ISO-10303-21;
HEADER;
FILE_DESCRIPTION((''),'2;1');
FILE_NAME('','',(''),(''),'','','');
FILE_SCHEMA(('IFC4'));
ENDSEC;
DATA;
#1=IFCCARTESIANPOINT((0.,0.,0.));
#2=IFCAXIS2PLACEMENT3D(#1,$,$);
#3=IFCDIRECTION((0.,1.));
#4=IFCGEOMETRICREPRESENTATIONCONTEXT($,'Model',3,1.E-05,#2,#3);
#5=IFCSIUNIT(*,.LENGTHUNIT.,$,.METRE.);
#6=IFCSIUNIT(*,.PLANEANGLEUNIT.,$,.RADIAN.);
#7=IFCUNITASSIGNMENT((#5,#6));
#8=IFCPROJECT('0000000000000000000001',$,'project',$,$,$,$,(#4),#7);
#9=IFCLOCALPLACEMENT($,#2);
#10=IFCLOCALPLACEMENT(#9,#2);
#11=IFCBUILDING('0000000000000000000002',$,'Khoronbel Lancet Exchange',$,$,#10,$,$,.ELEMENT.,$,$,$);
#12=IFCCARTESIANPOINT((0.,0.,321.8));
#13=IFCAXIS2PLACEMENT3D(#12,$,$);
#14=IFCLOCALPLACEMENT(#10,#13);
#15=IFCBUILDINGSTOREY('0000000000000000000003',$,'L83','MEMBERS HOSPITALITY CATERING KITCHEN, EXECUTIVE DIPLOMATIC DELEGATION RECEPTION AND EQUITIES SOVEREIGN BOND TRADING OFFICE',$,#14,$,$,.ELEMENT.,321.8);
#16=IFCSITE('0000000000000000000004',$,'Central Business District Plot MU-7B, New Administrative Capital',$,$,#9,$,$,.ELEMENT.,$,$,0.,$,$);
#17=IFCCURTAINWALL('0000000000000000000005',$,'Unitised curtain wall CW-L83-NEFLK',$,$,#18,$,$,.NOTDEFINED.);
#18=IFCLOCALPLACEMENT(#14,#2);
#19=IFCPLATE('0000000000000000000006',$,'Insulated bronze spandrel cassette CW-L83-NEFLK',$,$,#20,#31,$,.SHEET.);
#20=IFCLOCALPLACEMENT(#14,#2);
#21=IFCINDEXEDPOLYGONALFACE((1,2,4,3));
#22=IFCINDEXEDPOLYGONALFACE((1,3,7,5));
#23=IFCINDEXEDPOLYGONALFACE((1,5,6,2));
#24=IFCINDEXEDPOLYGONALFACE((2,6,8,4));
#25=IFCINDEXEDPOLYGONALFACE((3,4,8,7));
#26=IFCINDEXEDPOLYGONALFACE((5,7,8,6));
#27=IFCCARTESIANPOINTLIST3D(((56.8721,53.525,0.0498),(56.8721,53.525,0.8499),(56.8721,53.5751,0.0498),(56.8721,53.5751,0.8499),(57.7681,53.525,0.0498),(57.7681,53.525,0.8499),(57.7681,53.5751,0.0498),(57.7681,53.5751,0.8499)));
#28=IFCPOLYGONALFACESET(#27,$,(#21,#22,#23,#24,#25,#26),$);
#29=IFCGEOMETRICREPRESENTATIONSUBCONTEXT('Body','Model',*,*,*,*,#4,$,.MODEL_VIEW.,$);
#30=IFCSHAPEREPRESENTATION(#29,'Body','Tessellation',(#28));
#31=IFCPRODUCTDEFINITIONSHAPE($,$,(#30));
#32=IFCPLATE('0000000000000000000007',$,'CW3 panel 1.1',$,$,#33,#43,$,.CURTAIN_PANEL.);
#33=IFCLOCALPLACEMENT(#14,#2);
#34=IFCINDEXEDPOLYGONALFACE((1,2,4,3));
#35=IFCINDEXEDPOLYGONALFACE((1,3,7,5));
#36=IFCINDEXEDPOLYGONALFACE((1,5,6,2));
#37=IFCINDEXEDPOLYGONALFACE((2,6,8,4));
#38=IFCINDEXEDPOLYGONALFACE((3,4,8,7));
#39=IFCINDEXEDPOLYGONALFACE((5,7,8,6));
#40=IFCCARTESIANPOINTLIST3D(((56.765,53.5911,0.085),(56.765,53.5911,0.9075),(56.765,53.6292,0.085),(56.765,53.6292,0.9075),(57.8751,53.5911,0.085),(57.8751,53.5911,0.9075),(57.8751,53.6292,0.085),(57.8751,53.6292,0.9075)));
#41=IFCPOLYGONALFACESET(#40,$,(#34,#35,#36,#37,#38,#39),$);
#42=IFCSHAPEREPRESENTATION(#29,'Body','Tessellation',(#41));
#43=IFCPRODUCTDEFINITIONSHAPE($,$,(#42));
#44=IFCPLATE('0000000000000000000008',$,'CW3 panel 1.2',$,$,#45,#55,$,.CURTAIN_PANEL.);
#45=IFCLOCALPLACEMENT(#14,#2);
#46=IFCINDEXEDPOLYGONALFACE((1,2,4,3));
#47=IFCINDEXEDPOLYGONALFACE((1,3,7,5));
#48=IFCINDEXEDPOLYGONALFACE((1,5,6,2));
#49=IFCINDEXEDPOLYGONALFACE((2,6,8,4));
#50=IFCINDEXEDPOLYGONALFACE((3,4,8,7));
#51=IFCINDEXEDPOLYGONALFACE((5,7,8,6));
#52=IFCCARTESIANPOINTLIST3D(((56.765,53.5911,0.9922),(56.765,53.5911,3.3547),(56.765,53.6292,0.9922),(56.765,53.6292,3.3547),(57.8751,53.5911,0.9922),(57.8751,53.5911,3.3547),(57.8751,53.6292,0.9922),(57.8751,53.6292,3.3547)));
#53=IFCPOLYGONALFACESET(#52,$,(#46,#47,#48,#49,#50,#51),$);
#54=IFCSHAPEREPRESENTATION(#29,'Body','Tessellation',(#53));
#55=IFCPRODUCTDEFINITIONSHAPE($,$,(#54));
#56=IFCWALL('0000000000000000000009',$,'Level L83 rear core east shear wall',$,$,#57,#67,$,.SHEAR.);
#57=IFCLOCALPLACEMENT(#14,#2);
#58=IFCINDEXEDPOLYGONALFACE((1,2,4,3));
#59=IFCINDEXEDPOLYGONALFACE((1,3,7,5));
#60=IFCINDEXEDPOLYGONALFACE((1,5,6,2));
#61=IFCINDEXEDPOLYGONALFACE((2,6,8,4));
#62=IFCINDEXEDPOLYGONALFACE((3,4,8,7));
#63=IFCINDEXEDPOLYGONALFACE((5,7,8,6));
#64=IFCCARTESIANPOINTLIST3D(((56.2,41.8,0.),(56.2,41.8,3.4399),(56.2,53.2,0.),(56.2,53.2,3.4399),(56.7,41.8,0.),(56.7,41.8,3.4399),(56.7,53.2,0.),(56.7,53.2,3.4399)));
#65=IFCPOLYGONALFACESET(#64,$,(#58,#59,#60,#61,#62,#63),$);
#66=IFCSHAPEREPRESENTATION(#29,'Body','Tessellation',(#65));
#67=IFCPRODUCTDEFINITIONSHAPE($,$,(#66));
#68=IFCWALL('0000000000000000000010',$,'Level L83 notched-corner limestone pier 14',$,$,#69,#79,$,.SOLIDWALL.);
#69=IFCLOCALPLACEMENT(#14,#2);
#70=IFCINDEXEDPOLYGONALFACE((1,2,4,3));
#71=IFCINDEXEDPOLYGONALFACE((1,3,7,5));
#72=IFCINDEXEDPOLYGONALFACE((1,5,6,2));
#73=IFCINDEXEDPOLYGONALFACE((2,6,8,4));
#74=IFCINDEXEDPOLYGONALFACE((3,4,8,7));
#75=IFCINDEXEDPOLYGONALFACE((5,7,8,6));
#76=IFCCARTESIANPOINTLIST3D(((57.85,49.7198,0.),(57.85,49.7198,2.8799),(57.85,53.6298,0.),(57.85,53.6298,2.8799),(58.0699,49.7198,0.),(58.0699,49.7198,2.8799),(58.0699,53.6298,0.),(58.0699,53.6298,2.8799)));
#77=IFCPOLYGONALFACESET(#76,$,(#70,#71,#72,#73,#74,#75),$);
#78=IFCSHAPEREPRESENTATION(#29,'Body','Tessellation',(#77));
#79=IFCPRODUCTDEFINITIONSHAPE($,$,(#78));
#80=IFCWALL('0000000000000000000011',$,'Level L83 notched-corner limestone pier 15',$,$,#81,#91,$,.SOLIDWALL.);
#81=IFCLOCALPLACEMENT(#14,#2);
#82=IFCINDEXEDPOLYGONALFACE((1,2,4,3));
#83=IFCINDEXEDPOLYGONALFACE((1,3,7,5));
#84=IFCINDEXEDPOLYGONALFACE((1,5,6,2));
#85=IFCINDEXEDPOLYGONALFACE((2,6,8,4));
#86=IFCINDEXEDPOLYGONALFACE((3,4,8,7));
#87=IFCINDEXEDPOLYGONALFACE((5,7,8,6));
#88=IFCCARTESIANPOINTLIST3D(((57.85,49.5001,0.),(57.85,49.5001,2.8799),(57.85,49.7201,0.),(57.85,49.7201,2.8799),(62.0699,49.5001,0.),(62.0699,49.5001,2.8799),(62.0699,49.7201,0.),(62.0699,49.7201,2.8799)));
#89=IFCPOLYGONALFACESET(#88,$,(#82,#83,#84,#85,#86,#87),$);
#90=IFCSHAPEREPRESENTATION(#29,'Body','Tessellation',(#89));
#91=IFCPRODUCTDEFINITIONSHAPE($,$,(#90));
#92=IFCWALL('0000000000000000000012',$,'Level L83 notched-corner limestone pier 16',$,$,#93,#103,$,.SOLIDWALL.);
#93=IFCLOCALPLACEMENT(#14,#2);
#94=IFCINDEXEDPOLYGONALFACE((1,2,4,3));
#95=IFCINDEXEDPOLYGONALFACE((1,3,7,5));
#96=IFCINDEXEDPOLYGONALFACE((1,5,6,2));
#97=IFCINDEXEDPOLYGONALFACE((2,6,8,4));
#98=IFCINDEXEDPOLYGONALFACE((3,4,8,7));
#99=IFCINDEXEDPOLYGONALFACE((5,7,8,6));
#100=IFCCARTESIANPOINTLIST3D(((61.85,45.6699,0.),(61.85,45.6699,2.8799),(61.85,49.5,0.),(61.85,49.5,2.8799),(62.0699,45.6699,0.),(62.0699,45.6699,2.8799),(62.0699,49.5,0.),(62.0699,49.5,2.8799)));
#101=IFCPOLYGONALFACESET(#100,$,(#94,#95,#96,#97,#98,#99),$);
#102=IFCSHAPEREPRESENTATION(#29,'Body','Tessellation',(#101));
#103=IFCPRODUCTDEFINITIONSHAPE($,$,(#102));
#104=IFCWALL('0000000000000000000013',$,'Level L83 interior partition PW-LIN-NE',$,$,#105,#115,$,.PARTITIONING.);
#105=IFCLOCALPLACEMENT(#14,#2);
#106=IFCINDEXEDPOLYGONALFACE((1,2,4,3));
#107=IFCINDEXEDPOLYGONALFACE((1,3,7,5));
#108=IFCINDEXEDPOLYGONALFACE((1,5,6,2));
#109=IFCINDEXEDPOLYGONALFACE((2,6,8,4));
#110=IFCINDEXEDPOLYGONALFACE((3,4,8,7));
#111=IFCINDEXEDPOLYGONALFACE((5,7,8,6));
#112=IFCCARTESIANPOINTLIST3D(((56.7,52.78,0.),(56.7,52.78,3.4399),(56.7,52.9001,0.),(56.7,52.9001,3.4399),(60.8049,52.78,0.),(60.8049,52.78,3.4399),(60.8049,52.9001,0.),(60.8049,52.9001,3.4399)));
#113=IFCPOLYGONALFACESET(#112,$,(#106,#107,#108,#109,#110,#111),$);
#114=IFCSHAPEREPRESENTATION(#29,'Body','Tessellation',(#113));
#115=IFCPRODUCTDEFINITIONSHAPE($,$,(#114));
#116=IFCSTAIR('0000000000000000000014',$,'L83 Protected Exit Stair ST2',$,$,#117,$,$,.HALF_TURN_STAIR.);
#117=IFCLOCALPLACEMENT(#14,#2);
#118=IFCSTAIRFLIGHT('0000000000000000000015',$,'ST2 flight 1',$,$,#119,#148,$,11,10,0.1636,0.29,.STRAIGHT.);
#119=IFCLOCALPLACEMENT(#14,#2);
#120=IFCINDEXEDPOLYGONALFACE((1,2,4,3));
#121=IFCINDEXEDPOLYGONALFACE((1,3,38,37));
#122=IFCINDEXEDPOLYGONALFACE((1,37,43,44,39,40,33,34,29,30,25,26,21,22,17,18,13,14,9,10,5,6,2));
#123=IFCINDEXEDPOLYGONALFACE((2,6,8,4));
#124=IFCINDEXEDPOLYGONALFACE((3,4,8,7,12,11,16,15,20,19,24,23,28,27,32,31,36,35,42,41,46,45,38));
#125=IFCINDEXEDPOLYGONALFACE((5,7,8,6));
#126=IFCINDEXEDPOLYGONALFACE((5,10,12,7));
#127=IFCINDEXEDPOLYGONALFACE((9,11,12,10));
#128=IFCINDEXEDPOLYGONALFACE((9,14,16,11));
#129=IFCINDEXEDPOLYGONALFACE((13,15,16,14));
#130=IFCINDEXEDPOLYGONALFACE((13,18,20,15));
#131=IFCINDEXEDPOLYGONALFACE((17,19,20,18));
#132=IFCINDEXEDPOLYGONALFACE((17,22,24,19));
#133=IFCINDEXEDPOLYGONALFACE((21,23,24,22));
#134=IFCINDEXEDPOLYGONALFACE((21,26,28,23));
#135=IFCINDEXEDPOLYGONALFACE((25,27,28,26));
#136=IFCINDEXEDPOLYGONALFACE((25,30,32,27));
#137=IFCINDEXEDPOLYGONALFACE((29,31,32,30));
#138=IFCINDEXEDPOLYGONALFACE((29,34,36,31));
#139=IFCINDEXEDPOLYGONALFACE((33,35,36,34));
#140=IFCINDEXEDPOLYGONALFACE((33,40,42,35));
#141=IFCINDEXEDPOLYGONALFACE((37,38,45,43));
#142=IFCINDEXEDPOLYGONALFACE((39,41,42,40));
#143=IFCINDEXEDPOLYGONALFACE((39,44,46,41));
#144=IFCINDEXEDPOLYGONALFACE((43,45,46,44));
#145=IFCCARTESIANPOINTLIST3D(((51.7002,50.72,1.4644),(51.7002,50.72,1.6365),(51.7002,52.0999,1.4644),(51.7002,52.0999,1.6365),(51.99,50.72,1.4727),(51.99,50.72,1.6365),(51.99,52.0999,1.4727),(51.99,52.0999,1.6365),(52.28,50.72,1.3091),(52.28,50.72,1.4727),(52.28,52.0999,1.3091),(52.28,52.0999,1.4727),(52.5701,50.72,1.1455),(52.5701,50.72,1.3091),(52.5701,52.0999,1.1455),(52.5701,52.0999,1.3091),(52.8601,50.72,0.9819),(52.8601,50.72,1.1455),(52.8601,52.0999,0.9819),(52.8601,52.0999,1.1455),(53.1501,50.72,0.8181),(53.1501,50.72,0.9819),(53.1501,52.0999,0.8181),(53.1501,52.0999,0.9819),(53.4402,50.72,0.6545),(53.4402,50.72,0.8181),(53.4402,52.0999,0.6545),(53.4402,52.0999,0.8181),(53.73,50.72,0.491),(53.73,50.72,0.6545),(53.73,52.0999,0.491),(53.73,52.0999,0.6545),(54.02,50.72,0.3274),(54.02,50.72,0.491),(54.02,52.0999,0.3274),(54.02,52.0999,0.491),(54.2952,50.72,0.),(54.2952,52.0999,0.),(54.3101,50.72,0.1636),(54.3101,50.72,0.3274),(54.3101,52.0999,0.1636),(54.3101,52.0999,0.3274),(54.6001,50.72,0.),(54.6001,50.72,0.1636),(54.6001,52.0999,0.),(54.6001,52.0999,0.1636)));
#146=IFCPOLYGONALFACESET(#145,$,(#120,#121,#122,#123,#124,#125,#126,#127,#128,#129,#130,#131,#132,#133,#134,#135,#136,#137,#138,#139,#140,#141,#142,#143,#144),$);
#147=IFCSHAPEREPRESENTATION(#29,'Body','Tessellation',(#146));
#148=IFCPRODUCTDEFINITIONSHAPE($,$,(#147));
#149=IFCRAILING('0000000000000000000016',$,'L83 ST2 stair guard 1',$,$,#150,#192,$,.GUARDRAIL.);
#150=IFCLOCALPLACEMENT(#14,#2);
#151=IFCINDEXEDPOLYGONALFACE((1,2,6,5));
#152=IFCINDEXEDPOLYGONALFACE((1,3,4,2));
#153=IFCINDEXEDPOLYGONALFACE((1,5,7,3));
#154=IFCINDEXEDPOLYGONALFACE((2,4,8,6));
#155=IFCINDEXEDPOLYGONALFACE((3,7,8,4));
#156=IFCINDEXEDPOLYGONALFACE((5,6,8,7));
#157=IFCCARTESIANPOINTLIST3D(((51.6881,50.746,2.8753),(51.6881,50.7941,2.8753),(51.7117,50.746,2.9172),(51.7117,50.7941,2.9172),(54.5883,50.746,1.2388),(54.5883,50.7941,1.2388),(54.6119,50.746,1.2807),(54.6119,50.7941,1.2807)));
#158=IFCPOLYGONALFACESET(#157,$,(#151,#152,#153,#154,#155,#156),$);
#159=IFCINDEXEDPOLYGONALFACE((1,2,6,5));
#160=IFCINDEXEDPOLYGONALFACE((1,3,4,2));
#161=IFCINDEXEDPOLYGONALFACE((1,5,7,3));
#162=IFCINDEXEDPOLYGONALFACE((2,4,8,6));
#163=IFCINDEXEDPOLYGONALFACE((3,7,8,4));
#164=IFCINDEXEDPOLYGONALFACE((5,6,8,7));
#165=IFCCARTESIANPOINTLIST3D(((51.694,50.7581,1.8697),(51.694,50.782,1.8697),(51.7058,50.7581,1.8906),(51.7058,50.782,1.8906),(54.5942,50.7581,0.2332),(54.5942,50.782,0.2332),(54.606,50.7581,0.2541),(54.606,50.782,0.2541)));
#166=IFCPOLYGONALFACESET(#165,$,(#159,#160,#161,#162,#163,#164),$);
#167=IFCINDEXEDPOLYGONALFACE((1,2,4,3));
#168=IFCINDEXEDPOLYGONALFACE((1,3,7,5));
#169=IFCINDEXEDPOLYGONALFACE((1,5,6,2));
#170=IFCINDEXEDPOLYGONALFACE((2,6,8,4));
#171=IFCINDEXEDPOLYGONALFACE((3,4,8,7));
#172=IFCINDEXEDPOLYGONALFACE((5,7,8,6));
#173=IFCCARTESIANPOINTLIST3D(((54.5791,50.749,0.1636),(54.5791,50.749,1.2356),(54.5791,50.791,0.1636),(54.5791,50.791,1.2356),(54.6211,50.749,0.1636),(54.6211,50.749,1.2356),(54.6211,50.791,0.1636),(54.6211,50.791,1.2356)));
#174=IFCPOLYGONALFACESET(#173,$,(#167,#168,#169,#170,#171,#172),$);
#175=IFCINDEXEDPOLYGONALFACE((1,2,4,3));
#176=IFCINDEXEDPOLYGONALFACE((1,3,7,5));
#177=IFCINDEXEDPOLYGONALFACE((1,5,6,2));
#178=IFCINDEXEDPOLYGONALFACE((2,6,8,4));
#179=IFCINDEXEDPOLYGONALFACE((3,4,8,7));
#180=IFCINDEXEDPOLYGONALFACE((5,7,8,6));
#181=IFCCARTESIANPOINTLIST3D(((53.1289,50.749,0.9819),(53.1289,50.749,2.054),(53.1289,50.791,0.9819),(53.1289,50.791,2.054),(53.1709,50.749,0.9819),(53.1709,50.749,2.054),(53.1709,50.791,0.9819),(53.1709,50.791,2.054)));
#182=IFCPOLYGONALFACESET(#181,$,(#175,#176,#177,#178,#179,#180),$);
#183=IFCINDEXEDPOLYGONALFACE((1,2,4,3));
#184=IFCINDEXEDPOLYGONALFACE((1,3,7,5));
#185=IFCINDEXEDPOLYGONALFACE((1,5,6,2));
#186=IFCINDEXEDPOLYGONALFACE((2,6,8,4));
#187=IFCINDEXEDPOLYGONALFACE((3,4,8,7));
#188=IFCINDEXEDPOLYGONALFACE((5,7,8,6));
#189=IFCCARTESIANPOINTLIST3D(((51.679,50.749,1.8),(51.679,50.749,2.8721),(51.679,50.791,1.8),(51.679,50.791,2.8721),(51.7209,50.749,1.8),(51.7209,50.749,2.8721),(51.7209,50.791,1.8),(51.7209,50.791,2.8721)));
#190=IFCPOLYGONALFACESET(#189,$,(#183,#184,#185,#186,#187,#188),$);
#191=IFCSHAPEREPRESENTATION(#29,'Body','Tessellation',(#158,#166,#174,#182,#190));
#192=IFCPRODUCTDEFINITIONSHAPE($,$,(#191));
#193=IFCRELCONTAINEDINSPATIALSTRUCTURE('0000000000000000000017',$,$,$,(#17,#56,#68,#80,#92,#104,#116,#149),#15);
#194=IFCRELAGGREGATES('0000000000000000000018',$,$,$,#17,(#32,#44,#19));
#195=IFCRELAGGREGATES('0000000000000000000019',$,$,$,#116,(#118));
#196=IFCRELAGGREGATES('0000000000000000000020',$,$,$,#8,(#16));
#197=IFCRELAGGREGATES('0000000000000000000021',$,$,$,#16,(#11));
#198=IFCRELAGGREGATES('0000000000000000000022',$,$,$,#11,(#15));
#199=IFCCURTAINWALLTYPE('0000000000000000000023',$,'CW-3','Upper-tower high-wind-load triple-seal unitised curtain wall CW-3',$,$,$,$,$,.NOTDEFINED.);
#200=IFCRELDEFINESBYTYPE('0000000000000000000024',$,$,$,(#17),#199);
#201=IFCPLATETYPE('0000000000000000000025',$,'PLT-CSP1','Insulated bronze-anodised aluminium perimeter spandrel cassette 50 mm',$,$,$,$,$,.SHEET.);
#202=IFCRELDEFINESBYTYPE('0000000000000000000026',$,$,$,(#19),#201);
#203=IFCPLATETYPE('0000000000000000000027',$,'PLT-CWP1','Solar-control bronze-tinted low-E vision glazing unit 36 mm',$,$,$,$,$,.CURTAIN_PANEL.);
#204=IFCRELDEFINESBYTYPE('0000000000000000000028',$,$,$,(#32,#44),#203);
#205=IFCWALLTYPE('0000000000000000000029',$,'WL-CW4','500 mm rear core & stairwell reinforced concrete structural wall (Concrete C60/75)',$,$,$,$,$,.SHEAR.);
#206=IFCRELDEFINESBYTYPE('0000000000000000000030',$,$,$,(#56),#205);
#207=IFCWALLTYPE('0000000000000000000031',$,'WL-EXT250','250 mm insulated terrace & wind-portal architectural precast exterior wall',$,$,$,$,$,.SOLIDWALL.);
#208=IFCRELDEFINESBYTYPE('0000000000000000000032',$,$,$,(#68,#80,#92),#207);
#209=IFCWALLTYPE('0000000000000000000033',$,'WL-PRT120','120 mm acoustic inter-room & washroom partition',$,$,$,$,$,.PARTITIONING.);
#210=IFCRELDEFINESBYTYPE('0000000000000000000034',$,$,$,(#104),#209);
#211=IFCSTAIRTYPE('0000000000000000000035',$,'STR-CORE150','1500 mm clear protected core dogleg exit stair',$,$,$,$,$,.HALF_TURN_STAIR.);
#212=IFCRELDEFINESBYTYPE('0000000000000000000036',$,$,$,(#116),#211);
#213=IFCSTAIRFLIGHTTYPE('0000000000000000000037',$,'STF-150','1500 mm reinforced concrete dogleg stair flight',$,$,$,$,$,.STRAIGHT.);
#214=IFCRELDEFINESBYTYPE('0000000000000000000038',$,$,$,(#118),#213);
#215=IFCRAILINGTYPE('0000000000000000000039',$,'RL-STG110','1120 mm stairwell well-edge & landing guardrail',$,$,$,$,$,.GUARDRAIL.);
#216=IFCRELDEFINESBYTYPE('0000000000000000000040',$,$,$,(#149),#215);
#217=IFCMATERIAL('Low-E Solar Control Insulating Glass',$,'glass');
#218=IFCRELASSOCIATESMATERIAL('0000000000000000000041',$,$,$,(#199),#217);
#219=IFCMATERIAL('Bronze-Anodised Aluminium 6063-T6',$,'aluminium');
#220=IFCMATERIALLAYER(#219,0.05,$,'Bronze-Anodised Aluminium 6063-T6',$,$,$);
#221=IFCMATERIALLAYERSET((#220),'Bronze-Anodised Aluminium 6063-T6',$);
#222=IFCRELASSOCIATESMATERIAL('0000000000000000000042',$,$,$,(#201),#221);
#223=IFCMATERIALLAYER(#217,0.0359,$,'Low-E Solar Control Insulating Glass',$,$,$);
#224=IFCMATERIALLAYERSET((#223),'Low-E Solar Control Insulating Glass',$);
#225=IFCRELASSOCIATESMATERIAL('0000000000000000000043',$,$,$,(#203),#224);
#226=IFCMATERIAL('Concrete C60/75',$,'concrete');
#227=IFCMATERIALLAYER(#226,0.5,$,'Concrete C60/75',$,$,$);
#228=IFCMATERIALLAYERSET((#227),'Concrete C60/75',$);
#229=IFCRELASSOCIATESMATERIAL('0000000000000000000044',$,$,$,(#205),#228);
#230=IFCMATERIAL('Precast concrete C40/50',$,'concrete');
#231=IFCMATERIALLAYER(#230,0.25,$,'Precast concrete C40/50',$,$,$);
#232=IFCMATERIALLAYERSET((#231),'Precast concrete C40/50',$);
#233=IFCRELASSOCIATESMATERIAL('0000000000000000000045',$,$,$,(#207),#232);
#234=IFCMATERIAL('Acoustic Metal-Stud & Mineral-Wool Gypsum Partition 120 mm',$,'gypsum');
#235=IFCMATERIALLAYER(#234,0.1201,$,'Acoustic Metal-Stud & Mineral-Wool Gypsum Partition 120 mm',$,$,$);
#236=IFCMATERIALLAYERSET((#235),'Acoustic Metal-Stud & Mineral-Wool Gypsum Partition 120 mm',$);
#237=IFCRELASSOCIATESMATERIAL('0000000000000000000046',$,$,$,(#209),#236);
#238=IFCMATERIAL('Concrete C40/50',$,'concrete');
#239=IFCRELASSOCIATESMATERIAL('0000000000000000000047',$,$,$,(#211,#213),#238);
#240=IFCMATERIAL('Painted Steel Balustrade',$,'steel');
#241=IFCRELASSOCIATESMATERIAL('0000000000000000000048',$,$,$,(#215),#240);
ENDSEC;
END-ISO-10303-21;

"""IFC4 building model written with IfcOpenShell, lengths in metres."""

from ifc_helpers import new_model, si_unit, direction, frame, frame_2d, origin, origin_2d, place, context, subcontext, project, spatial, polyline, rectangle, outline, extrude, material, layer, layer_set, type_object, element, aggregate, save


model = new_model("IFC4")

# Units and contexts
model_context = context("Model", 3, precision=1e-05, world=origin(), true_north=direction((0.0, 1.0)))
body_context = subcontext(model_context, "Body", "Model", "MODEL_VIEW")
ifc_project = project(units=[si_unit("LENGTHUNIT", "METRE"), si_unit("PLANEANGLEUNIT", "RADIAN")], contexts=[model_context])

# Site, building, storey
site_placement = place(None, origin())
site = spatial("IfcSite", under=ifc_project, at=site_placement, Name="Central Business District Plot MU-7B, New Administrative Capital", CompositionType="ELEMENT", RefElevation=0.0)
building_placement = place(site_placement, origin())
building = spatial("IfcBuilding", under=site, at=building_placement, Name="Khoronbel Lancet Exchange", CompositionType="ELEMENT")
storey_placement = place(building_placement, frame((0.0, 0.0, 321.8)))
storey = spatial("IfcBuildingStorey", under=building, at=storey_placement, Name="L83", Description="MEMBERS HOSPITALITY CATERING KITCHEN, EXECUTIVE DIPLOMATIC DELEGATION RECEPTION AND EQUITIES SOVEREIGN BOND TRADING OFFICE", CompositionType="ELEMENT", Elevation=321.8)

# Curtain wall, plates
ifc_material_1 = material(Name="Low-E Solar Control Insulating Glass", Category="glass")
curtain_wall_type = type_object("IfcCurtainWallType", Name="CW-3", Description="Upper-tower high-wind-load triple-seal unitised curtain wall CW-3", PredefinedType="NOTDEFINED", material=ifc_material_1)
curtain_wall_placement = place(storey_placement, origin())
curtain_wall = element("IfcCurtainWall", 1, at=curtain_wall_placement, inside=storey, type_object=curtain_wall_type, Name="Unitised curtain wall CW-L83-NEFLK", PredefinedType="NOTDEFINED")
ifc_material_2 = material(Name="Bronze-Anodised Aluminium 6063-T6", Category="aluminium")
ifc_layer_1 = layer(ifc_material_2, 0.05, Name="Bronze-Anodised Aluminium 6063-T6")
ifc_layer_set_1 = layer_set([ifc_layer_1], Name="Bronze-Anodised Aluminium 6063-T6")
plate_type_1 = type_object("IfcPlateType", Name="PLT-CSP1", Description="Insulated bronze-anodised aluminium perimeter spandrel cassette 50 mm", PredefinedType="SHEET", material=ifc_layer_set_1)
plate_1_placement = place(storey_placement, frame((57.3201, 53.55, 0.0498), z_axis=(0.0, 0.0, 1.0), x_axis=(-1.0, 0.0, 0.0)))
plate_1 = element("IfcPlate", 2, at=plate_1_placement, type_object=plate_type_1, Name="Insulated bronze spandrel cassette CW-L83-NEFLK", PredefinedType="SHEET", context=body_context, shape_type="SweptSolid", body=[
    extrude(rectangle(XDim=0.896, YDim=0.05, at=origin_2d()), origin(), (0.0, 0.0, 1.0), 0.8),
])
ifc_layer_2 = layer(ifc_material_1, 0.0359, Name="Low-E Solar Control Insulating Glass")
ifc_layer_set_2 = layer_set([ifc_layer_2], Name="Low-E Solar Control Insulating Glass")
plate_type_2 = type_object("IfcPlateType", Name="PLT-CWP1", Description="Solar-control bronze-tinted low-E vision glazing unit 36 mm", PredefinedType="CURTAIN_PANEL", material=ifc_layer_set_2)
plate_2_placement = place(storey_placement, frame((57.3201, 53.6101, 0.085), z_axis=(0.0, 0.0, 1.0), x_axis=(-1.0, 0.0, 0.0)))
plate_2 = element("IfcPlate", 3, at=plate_2_placement, type_object=plate_type_2, Name="CW3 panel 1.1", PredefinedType="CURTAIN_PANEL", context=body_context, shape_type="SweptSolid", body=[
    extrude(rectangle(XDim=1.1101, YDim=0.0381, at=origin_2d()), origin(), (0.0, 0.0, 1.0), 0.8225),
])
plate_3_placement = place(storey_placement, frame((57.3201, 53.6101, 0.9922), z_axis=(0.0, 0.0, 1.0), x_axis=(-1.0, 0.0, 0.0)))
plate_3 = element("IfcPlate", 4, at=plate_3_placement, type_object=plate_type_2, Name="CW3 panel 1.2", PredefinedType="CURTAIN_PANEL", context=body_context, shape_type="SweptSolid", body=[
    extrude(rectangle(XDim=1.1101, YDim=0.0381, at=origin_2d()), origin(), (0.0, 0.0, 1.0), 2.3625),
])
aggregate(curtain_wall, [plate_2, plate_3, plate_1])

# Walls
ifc_material_3 = material(Name="Concrete C60/75", Category="concrete")
ifc_layer_3 = layer(ifc_material_3, 0.5, Name="Concrete C60/75")
ifc_layer_set_3 = layer_set([ifc_layer_3], Name="Concrete C60/75")
wall_type_1 = type_object("IfcWallType", Name="WL-CW4", Description="500 mm rear core & stairwell reinforced concrete structural wall (Concrete C60/75)", PredefinedType="SHEAR", material=ifc_layer_set_3)
wall_1_placement = place(storey_placement, frame((56.45, 53.2, 0.0), z_axis=(0.0, 0.0, 1.0), x_axis=(0.0, -1.0, 0.0)))
element("IfcWall", 5, at=wall_1_placement, inside=storey, type_object=wall_type_1, Name="Level L83 rear core east shear wall", PredefinedType="SHEAR", context=body_context, shape_type="SweptSolid", body=[
    extrude(rectangle(XDim=11.3999, YDim=0.5, at=frame_2d((5.7, 0.0))), origin(), (0.0, 0.0, 1.0), 3.4399),
])
ifc_material_4 = material(Name="Precast concrete C40/50", Category="concrete")
ifc_layer_4 = layer(ifc_material_4, 0.25, Name="Precast concrete C40/50")
ifc_layer_set_4 = layer_set([ifc_layer_4], Name="Precast concrete C40/50")
wall_type_2 = type_object("IfcWallType", Name="WL-EXT250", Description="250 mm insulated terrace & wind-portal architectural precast exterior wall", PredefinedType="SOLIDWALL", material=ifc_layer_set_4)
wall_2_placement = place(storey_placement, frame((57.96, 53.6299, 0.0), z_axis=(0.0, 0.0, 1.0), x_axis=(0.0, -1.0, 0.0)))
element("IfcWall", 6, at=wall_2_placement, inside=storey, type_object=wall_type_2, Name="Level L83 notched-corner limestone pier 14", PredefinedType="SOLIDWALL", context=body_context, shape_type="SweptSolid", body=[
    extrude(rectangle(XDim=3.9099, YDim=0.22, at=frame_2d((1.9551, 0.0))), origin(), (0.0, 0.0, 1.0), 2.8799),
])
wall_3_placement = place(storey_placement, frame((57.8501, 49.6101, 0.0), z_axis=(0.0, 0.0, 1.0), x_axis=(1.0, 0.0, 0.0)))
element("IfcWall", 7, at=wall_3_placement, inside=storey, type_object=wall_type_2, Name="Level L83 notched-corner limestone pier 15", PredefinedType="SOLIDWALL", context=body_context, shape_type="SweptSolid", body=[
    extrude(rectangle(XDim=4.22, YDim=0.22, at=frame_2d((2.1099, 0.0))), origin(), (0.0, 0.0, 1.0), 2.8799),
])
wall_4_placement = place(storey_placement, frame((61.96, 49.5, 0.0), z_axis=(0.0, 0.0, 1.0), x_axis=(0.0, -1.0, 0.0)))
element("IfcWall", 8, at=wall_4_placement, inside=storey, type_object=wall_type_2, Name="Level L83 notched-corner limestone pier 16", PredefinedType="SOLIDWALL", context=body_context, shape_type="SweptSolid", body=[
    extrude(rectangle(XDim=3.8301, YDim=0.22, at=frame_2d((1.915, 0.0))), origin(), (0.0, 0.0, 1.0), 2.8799),
])
ifc_material_5 = material(Name="Acoustic Metal-Stud & Mineral-Wool Gypsum Partition 120 mm", Category="gypsum")
ifc_layer_5 = layer(ifc_material_5, 0.1201, Name="Acoustic Metal-Stud & Mineral-Wool Gypsum Partition 120 mm")
ifc_layer_set_5 = layer_set([ifc_layer_5], Name="Acoustic Metal-Stud & Mineral-Wool Gypsum Partition 120 mm")
wall_type_3 = type_object("IfcWallType", Name="WL-PRT120", Description="120 mm acoustic inter-room & washroom partition", PredefinedType="PARTITIONING", material=ifc_layer_set_5)
wall_5_placement = place(storey_placement, frame((56.7, 52.8401, 0.0), z_axis=(0.0, 0.0, 1.0), x_axis=(1.0, 0.0, 0.0)))
element("IfcWall", 9, at=wall_5_placement, inside=storey, type_object=wall_type_3, Name="Level L83 interior partition PW-LIN-NE", PredefinedType="PARTITIONING", context=body_context, shape_type="SweptSolid", body=[
    extrude(rectangle(XDim=4.105, YDim=0.1201, at=frame_2d((2.0525, 0.0))), origin(), (0.0, 0.0, 1.0), 3.4399),
])

# Stair, stair flight
ifc_material_6 = material(Name="Concrete C40/50", Category="concrete")
stair_type = type_object("IfcStairType", Name="STR-CORE150", Description="1500 mm clear protected core dogleg exit stair", PredefinedType="HALF_TURN_STAIR", material=ifc_material_6)
stair_placement = place(storey_placement, origin())
stair = element("IfcStair", 10, at=stair_placement, inside=storey, type_object=stair_type, Name="L83 Protected Exit Stair ST2", PredefinedType="HALF_TURN_STAIR")
stair_flight_type = type_object("IfcStairFlightType", Name="STF-150", Description="1500 mm reinforced concrete dogleg stair flight", PredefinedType="STRAIGHT", material=ifc_material_6)
stair_flight_placement = place(storey_placement, frame((54.6001, 51.4099, 0.0), z_axis=(0.0, 0.0, 1.0), x_axis=(-1.0, 0.0, 0.0)))
stair_flight = element("IfcStairFlight", 11, at=stair_flight_placement, type_object=stair_flight_type, Name="ST2 flight 1", NumberOfRisers=11, NumberOfTreads=10, PredefinedType="STRAIGHT", RiserHeight=0.1636, TreadLength=0.29, context=body_context, shape_type="SweptSolid", body=[
    extrude(outline(polyline([(0.0, 0.0), (0.0, 0.1636), (0.29, 0.1636), (0.29, 0.3274), (0.5801, 0.3274), (0.5801, 0.491), (0.8701, 0.491), (0.8701, 0.6545), (1.1599, 0.6545), (1.1599, 0.8181), (1.45, 0.8181), (1.45, 0.9819), (1.74, 0.9819), (1.74, 1.1455), (2.03, 1.1455), (2.03, 1.3091), (2.3201, 1.3091), (2.3201, 1.4727), (2.6101, 1.4727), (2.6101, 1.6365), (2.8999, 1.6365), (2.8999, 1.8), (2.8999, 1.4644), (0.3049, 0.0), (0.0, 0.0)])), frame((0.0, 0.6899, 0.0), z_axis=(0.0, -1.0, 0.0), x_axis=(1.0, 0.0, 0.0)), (0.0, 0.0, 1.0), 1.3799),
])
aggregate(stair, [stair_flight])

# Railing
ifc_material_7 = material(Name="Painted Steel Balustrade", Category="steel")
railing_type_1 = type_object("IfcRailingType", Name="RL-STG110", Description="1120 mm stairwell well-edge & landing guardrail", PredefinedType="GUARDRAIL", material=ifc_material_7)
railing_1_placement = place(storey_placement, frame((54.6001, 50.77, 0.1636)))
element("IfcRailing", 12, at=railing_1_placement, inside=storey, type_object=railing_type_1, Name="L83 ST2 stair guard 1", PredefinedType="GUARDRAIL", context=body_context, shape_type="SweptSolid", body=[
    extrude(rectangle(XDim=0.0481, YDim=0.0481, at=origin_2d()), frame((0.0, 0.0, 1.0962), z_axis=(-0.870915, 0.0, 0.491434), x_axis=(0.0, -1.0, 0.0)), (0.0, 0.0, 1.0), 3.3301),
    extrude(rectangle(XDim=0.0239, YDim=0.0239, at=origin_2d()), frame((0.0, 0.0, 0.0801), z_axis=(-0.870915, 0.0, 0.491434), x_axis=(0.0, -1.0, 0.0)), (0.0, 0.0, 1.0), 3.3301),
    extrude(rectangle(XDim=0.042, YDim=0.042, at=origin_2d()), origin(), (0.0, 0.0, 1.0), 1.072),
    extrude(rectangle(XDim=0.042, YDim=0.042, at=origin_2d()), frame((-1.4502, 0.0, 0.8184)), (0.0, 0.0, 1.0), 1.072),
    extrude(rectangle(XDim=0.042, YDim=0.042, at=origin_2d()), frame((-2.9001, 0.0, 1.6365)), (0.0, 0.0, 1.0), 1.072),
])

save(model, "model.ifc")
